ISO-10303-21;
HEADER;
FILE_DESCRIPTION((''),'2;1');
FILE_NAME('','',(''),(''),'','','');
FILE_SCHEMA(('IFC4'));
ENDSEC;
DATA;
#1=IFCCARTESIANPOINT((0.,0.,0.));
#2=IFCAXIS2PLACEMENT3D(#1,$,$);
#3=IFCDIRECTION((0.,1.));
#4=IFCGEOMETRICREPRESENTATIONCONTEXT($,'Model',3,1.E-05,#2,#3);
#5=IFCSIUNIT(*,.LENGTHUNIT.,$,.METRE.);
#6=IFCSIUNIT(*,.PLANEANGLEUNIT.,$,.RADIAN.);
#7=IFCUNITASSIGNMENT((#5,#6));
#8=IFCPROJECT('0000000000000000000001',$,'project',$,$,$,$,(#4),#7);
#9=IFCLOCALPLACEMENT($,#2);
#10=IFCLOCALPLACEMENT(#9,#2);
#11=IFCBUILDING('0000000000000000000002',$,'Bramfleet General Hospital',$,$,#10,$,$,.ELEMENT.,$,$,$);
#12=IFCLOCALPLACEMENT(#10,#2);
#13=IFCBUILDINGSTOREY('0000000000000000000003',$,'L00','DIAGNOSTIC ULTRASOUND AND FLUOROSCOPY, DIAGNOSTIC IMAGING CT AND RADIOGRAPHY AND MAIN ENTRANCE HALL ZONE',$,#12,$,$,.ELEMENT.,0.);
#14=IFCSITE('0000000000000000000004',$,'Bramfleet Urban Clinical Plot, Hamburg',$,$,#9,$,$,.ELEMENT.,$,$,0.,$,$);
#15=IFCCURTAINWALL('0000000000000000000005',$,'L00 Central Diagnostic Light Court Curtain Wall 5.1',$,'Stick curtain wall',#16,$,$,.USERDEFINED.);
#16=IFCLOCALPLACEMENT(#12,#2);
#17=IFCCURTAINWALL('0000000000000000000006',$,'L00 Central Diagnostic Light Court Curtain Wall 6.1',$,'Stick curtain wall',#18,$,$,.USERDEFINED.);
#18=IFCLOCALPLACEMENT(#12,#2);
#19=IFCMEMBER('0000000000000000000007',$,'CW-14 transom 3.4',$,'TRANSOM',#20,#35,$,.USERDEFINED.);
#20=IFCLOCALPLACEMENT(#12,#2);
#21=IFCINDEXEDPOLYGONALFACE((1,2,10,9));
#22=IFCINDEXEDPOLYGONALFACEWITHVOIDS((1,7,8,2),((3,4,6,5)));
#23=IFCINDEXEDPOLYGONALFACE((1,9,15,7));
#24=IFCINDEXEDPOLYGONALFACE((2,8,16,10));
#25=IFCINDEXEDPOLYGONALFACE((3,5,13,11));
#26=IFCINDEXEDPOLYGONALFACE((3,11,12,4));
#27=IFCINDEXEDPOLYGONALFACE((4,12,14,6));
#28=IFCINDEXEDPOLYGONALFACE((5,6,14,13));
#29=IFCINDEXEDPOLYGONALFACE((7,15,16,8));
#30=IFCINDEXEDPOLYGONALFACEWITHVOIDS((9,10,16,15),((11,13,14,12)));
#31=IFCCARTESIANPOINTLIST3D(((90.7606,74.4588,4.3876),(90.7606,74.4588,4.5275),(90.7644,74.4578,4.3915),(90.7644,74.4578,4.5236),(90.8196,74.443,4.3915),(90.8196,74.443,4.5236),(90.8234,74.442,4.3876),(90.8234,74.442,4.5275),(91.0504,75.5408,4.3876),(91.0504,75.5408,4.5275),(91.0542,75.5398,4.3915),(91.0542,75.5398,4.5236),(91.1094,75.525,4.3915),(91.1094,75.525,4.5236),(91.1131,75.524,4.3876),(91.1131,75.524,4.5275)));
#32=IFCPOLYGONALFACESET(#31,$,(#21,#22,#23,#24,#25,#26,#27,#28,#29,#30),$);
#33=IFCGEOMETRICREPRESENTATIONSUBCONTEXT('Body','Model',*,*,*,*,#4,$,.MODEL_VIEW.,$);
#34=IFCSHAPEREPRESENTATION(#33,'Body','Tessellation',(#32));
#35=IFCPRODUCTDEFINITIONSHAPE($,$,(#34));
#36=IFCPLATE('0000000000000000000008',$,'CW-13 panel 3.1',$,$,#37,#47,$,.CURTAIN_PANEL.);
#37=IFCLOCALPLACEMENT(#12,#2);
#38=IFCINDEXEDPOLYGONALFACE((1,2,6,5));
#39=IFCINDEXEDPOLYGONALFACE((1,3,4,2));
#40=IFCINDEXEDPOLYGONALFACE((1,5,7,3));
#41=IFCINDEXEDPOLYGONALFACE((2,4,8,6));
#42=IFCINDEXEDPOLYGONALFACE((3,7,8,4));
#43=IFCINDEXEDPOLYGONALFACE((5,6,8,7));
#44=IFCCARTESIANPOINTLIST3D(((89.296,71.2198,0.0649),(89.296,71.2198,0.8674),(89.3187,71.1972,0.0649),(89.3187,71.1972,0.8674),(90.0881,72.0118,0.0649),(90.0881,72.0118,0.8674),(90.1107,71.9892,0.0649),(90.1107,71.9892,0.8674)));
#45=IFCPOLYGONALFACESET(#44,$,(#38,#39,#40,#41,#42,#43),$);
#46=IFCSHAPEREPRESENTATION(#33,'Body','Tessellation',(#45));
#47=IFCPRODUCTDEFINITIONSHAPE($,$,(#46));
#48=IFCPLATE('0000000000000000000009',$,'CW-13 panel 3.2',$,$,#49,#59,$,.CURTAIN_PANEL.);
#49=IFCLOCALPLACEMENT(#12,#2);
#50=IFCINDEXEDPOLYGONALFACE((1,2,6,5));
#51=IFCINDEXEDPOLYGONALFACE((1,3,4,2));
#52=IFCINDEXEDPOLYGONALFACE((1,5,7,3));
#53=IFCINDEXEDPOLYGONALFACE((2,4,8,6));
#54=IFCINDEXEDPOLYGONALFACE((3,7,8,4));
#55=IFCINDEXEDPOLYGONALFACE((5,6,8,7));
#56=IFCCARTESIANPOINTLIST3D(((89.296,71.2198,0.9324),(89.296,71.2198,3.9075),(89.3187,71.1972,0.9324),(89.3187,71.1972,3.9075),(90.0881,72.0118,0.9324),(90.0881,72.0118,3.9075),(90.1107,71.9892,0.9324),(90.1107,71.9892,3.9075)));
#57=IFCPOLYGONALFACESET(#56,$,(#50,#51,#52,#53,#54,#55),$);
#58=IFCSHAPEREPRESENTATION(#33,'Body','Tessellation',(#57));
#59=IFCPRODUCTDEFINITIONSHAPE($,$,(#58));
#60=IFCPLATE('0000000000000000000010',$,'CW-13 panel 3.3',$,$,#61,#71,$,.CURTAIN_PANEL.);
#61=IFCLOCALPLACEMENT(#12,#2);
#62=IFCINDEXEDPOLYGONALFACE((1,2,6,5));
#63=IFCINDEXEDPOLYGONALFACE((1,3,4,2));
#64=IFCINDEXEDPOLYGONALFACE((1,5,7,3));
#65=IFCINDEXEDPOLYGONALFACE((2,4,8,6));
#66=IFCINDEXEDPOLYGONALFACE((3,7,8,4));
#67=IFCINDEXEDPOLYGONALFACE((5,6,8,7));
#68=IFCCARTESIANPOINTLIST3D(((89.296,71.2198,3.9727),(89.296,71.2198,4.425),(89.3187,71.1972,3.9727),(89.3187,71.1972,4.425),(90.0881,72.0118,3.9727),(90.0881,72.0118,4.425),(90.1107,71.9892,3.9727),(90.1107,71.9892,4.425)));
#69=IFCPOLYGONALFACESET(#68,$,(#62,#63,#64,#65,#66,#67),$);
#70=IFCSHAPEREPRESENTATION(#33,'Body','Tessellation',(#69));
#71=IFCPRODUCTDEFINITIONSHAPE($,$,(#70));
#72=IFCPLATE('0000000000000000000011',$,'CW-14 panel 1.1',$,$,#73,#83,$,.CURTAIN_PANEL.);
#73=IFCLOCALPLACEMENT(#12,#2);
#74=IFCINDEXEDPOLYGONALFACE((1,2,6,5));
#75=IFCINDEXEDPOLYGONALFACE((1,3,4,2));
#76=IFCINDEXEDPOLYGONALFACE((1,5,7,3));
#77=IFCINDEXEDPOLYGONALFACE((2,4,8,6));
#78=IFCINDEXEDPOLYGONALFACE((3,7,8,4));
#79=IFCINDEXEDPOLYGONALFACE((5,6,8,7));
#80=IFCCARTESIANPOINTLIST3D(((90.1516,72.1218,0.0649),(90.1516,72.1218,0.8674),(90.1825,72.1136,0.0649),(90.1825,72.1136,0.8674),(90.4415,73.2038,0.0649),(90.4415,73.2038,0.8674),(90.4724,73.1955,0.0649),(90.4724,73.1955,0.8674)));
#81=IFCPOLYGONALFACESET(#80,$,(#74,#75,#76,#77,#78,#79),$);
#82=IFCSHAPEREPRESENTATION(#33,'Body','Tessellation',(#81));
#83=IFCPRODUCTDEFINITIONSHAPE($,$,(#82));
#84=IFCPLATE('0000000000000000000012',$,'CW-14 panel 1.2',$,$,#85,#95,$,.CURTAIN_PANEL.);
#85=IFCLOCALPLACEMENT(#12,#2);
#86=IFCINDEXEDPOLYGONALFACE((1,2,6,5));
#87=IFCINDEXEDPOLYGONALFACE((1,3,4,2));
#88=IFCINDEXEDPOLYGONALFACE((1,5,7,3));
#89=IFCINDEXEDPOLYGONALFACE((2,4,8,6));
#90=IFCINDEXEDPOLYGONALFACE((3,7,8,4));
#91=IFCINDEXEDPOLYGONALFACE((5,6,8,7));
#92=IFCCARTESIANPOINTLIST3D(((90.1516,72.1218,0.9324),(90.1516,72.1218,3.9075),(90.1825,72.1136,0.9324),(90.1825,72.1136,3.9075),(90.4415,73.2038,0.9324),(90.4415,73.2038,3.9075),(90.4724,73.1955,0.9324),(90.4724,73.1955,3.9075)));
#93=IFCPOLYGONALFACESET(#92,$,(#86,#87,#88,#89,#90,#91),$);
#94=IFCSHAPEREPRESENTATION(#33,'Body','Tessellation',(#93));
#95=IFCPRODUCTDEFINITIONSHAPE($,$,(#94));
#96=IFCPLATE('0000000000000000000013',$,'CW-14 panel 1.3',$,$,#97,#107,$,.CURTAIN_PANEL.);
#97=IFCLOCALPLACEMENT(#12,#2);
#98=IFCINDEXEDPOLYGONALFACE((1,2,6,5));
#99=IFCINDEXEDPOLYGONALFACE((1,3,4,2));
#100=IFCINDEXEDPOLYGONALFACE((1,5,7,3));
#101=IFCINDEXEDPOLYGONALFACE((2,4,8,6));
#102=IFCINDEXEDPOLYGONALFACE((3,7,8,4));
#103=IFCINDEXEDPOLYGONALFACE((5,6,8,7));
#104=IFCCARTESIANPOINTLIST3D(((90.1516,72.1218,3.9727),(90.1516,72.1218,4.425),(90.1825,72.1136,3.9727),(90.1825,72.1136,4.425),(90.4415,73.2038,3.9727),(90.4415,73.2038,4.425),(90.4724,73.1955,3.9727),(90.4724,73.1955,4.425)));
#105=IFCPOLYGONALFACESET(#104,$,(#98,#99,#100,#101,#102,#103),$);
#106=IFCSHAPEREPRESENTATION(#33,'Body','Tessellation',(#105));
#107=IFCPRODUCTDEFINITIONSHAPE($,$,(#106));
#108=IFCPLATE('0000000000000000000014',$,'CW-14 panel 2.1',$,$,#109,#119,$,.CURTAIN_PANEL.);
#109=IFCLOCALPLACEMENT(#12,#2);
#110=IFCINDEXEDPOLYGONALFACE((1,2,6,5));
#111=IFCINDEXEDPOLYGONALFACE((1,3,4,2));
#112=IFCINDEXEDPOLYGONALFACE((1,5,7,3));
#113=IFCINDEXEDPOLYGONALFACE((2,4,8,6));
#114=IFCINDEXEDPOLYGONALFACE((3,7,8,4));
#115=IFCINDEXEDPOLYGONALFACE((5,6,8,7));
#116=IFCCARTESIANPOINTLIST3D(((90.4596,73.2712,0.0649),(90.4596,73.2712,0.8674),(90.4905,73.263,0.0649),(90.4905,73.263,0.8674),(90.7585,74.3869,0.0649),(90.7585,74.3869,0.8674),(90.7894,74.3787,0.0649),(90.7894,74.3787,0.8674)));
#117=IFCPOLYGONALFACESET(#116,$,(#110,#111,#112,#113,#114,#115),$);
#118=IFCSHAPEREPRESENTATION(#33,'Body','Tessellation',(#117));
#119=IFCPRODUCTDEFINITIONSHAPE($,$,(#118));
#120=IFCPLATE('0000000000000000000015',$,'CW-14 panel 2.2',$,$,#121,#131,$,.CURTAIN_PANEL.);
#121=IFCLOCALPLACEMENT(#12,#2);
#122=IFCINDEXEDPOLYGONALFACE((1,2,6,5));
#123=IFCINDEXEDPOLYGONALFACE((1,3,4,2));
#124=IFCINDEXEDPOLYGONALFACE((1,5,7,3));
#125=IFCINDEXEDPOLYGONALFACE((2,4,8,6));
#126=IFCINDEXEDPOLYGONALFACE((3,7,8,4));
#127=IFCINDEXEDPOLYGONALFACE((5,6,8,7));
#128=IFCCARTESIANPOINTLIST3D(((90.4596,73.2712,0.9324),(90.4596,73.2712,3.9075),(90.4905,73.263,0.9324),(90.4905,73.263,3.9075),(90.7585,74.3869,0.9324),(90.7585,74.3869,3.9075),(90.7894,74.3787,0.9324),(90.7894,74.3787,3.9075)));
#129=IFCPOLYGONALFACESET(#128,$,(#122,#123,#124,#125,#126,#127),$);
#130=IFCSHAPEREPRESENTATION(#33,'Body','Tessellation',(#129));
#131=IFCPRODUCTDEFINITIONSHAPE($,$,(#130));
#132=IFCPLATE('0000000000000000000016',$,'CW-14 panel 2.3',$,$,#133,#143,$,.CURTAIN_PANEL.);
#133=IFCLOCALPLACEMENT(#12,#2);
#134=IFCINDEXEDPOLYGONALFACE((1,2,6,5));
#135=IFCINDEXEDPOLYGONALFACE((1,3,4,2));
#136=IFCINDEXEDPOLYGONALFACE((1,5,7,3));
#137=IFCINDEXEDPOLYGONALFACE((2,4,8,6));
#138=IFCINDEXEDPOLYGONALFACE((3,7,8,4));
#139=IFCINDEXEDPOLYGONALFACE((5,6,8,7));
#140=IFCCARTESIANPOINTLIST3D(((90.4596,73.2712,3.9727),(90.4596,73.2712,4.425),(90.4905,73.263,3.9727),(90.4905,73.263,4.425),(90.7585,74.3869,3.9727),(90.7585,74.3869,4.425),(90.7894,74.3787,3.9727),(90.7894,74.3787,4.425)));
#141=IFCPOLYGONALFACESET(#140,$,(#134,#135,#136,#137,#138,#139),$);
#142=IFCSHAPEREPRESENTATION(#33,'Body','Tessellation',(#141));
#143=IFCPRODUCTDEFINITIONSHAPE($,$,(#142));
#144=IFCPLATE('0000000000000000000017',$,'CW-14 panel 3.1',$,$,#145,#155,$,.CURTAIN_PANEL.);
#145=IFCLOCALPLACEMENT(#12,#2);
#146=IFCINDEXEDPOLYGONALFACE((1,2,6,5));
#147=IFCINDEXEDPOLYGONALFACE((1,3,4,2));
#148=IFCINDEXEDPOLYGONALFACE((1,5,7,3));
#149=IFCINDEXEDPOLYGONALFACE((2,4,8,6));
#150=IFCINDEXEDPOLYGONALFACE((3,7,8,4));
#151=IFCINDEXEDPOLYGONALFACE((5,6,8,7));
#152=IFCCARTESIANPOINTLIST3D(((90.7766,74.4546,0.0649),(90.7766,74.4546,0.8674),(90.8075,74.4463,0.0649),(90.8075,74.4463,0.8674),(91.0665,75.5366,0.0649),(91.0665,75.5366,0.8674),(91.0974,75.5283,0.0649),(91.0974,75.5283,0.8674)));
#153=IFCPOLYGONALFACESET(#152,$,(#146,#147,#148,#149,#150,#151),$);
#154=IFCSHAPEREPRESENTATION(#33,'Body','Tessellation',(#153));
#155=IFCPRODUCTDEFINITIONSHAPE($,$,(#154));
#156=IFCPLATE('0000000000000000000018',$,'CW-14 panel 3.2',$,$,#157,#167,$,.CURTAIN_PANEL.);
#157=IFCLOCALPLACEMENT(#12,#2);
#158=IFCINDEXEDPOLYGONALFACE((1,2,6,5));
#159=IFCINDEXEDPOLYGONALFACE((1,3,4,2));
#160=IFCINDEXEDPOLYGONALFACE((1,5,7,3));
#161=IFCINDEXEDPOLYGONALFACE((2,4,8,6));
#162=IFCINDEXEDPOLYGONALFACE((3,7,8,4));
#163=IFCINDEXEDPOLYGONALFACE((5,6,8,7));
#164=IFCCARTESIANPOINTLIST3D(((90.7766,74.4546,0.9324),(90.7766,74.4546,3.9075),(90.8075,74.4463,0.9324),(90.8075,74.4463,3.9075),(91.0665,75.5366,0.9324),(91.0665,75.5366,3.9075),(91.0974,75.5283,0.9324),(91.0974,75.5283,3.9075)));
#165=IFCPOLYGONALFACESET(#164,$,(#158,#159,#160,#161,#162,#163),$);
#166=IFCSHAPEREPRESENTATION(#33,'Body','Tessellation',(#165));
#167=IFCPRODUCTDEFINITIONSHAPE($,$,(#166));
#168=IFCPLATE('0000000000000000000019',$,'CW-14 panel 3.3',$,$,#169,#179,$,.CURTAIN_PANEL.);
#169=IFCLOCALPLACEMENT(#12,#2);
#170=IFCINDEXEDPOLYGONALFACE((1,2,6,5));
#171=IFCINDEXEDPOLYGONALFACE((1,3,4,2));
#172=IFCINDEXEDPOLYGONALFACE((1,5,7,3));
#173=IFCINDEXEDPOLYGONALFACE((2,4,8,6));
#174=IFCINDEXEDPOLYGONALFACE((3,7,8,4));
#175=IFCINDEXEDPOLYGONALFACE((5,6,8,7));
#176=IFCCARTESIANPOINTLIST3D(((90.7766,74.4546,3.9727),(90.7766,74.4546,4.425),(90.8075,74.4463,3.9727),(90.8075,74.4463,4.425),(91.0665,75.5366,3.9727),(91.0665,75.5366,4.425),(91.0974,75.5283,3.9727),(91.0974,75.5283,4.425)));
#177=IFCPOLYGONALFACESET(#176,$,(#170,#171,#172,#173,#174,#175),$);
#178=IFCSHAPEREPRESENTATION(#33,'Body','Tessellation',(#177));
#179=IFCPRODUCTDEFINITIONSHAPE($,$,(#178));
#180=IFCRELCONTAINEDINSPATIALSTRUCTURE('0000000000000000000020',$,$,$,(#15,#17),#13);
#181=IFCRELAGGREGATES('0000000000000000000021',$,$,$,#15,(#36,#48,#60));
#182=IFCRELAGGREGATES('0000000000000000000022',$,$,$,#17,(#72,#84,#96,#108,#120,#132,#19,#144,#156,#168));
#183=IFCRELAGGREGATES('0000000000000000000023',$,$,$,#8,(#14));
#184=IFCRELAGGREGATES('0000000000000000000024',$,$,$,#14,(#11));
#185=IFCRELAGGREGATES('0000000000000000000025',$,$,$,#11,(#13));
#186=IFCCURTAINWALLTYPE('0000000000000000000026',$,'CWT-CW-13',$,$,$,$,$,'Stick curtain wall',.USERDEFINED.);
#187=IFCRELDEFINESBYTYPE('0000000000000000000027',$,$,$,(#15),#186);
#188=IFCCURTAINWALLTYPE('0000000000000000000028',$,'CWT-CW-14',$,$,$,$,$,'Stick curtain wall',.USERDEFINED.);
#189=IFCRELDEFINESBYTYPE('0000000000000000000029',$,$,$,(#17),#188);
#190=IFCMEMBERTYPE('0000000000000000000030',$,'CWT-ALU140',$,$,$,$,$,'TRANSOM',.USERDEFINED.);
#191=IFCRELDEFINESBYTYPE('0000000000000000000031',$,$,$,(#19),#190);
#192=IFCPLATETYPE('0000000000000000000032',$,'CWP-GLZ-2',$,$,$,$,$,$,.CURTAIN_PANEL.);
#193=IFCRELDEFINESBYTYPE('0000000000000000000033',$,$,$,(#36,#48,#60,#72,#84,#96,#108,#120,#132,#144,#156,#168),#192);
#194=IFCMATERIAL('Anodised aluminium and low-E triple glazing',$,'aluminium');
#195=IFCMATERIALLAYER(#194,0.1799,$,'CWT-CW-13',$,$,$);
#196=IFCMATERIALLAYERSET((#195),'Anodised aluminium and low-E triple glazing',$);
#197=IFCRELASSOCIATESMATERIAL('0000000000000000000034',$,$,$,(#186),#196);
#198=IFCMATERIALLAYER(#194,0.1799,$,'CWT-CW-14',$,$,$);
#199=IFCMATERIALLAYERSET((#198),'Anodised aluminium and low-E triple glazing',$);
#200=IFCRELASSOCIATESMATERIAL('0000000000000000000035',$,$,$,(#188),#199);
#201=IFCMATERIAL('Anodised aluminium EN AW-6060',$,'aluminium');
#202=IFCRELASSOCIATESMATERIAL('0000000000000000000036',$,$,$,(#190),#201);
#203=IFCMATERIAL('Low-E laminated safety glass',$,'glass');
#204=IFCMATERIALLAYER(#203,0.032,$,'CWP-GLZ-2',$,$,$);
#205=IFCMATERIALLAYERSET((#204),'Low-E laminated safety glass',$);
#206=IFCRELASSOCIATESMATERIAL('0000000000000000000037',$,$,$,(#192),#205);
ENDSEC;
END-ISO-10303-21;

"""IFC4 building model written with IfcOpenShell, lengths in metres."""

from ifc_helpers import new_model, si_unit, direction, frame, origin, origin_2d, place, context, subcontext, project, spatial, rectangle, hollow_rectangle, extrude, material, layer, layer_set, material_profile, profile_set, type_object, element, aggregate, save


model = new_model("IFC4")

# Units and contexts
model_context = context("Model", 3, precision=1e-05, world=origin(), true_north=direction((0.0, 1.0)))
body_context = subcontext(model_context, "Body", "Model", "MODEL_VIEW")
ifc_project = project(units=[si_unit("LENGTHUNIT", "METRE"), si_unit("PLANEANGLEUNIT", "RADIAN")], contexts=[model_context])

# Site, building, storey
site_placement = place(None, origin())
site = spatial("IfcSite", under=ifc_project, at=site_placement, Name="Bramfleet Urban Clinical Plot, Hamburg", CompositionType="ELEMENT", RefElevation=0.0)
building_placement = place(site_placement, origin())
building = spatial("IfcBuilding", under=site, at=building_placement, Name="Bramfleet General Hospital", CompositionType="ELEMENT")
storey_placement = place(building_placement, origin())
storey = spatial("IfcBuildingStorey", under=building, at=storey_placement, Name="L00", Description="DIAGNOSTIC ULTRASOUND AND FLUOROSCOPY, DIAGNOSTIC IMAGING CT AND RADIOGRAPHY AND MAIN ENTRANCE HALL ZONE", CompositionType="ELEMENT", Elevation=0.0)

# Curtain wall
ifc_material_1 = material(Name="Anodised aluminium and low-E triple glazing", Category="aluminium")
ifc_layer_1 = layer(ifc_material_1, 0.1799, Name="CWT-CW-13")
ifc_layer_set_1 = layer_set([ifc_layer_1], Name="Anodised aluminium and low-E triple glazing")
curtain_wall_type_1 = type_object("IfcCurtainWallType", Name="CWT-CW-13", ElementType="Stick curtain wall", PredefinedType="USERDEFINED", material=ifc_layer_set_1)
curtain_wall_1_placement = place(storey_placement, origin())
curtain_wall_1 = element("IfcCurtainWall", 1, at=curtain_wall_1_placement, inside=storey, type_object=curtain_wall_type_1, Name="L00 Central Diagnostic Light Court Curtain Wall 5.1", ObjectType="Stick curtain wall", PredefinedType="USERDEFINED")
ifc_material_2 = material(Name="Anodised aluminium EN AW-6060", Category="aluminium")

# Curtain wall
ifc_layer_2 = layer(ifc_material_1, 0.1799, Name="CWT-CW-14")
ifc_layer_set_2 = layer_set([ifc_layer_2], Name="Anodised aluminium and low-E triple glazing")
curtain_wall_type_2 = type_object("IfcCurtainWallType", Name="CWT-CW-14", ElementType="Stick curtain wall", PredefinedType="USERDEFINED", material=ifc_layer_set_2)
curtain_wall_2_placement = place(storey_placement, origin())
curtain_wall_2 = element("IfcCurtainWall", 2, at=curtain_wall_2_placement, inside=storey, type_object=curtain_wall_type_2, Name="L00 Central Diagnostic Light Court Curtain Wall 6.1", ObjectType="Stick curtain wall", PredefinedType="USERDEFINED")

# Member
ifc_material_profile_1 = material_profile(ifc_material_2, hollow_rectangle(XDim=0.0649, YDim=0.1399, WallThickness=0.0039, at=origin_2d()), Name="ALU 140x65x4.0")
ifc_profile_set_1 = profile_set([ifc_material_profile_1], Name="Anodised aluminium EN AW-6060")
member_type_1 = type_object("IfcMemberType", Name="CWT-ALU140", ElementType="TRANSOM", PredefinedType="USERDEFINED", material=ifc_profile_set_1)
member_1_placement = place(storey_placement, frame((90.792, 74.4504, 4.4575), z_axis=(0.258707, 0.965956, 0.0), x_axis=(-0.965956, 0.258707, 0.0)))
member_1 = element("IfcMember", 3, at=member_1_placement, type_object=member_type_1, Name="CW-14 transom 3.4", ObjectType="TRANSOM", PredefinedType="USERDEFINED", context=body_context, shape_type="SweptSolid", body=[
    extrude(hollow_rectangle(XDim=0.0649, YDim=0.1399, WallThickness=0.0039, at=origin_2d()), origin(), (0.0, 0.0, 1.0), 1.1201),
])

# Plates
ifc_material_3 = material(Name="Low-E laminated safety glass", Category="glass")
ifc_layer_3 = layer(ifc_material_3, 0.032, Name="CWP-GLZ-2")
ifc_layer_set_3 = layer_set([ifc_layer_3], Name="Low-E laminated safety glass")
plate_type = type_object("IfcPlateType", Name="CWP-GLZ-2", PredefinedType="CURTAIN_PANEL", material=ifc_layer_set_3)
plate_1_placement = place(storey_placement, frame((89.7034, 71.6045, 0.0649), z_axis=(0.0, 0.0, 1.0), x_axis=(0.707107, 0.707107, 0.0)))
plate_1 = element("IfcPlate", 4, at=plate_1_placement, type_object=plate_type, Name="CW-13 panel 3.1", PredefinedType="CURTAIN_PANEL", context=body_context, shape_type="SweptSolid", body=[
    extrude(rectangle(XDim=1.1201, YDim=0.032, at=origin_2d()), origin(), (0.0, 0.0, 1.0), 0.8025),
])
plate_2_placement = place(storey_placement, frame((89.7034, 71.6045, 0.9324), z_axis=(0.0, 0.0, 1.0), x_axis=(0.707107, 0.707107, 0.0)))
plate_2 = element("IfcPlate", 5, at=plate_2_placement, type_object=plate_type, Name="CW-13 panel 3.2", PredefinedType="CURTAIN_PANEL", context=body_context, shape_type="SweptSolid", body=[
    extrude(rectangle(XDim=1.1201, YDim=0.032, at=origin_2d()), origin(), (0.0, 0.0, 1.0), 2.9751),
])
plate_3_placement = place(storey_placement, frame((89.7034, 71.6045, 3.9727), z_axis=(0.0, 0.0, 1.0), x_axis=(0.707107, 0.707107, 0.0)))
plate_3 = element("IfcPlate", 6, at=plate_3_placement, type_object=plate_type, Name="CW-13 panel 3.3", PredefinedType="CURTAIN_PANEL", context=body_context, shape_type="SweptSolid", body=[
    extrude(rectangle(XDim=1.1201, YDim=0.032, at=origin_2d()), origin(), (0.0, 0.0, 1.0), 0.4524),
])
aggregate(curtain_wall_1, [plate_1, plate_2, plate_3])
plate_4_placement = place(storey_placement, frame((90.312, 72.6587, 0.0649), z_axis=(0.0, 0.0, 1.0), x_axis=(0.258763, 0.965941, 0.0)))
plate_4 = element("IfcPlate", 7, at=plate_4_placement, type_object=plate_type, Name="CW-14 panel 1.1", PredefinedType="CURTAIN_PANEL", context=body_context, shape_type="SweptSolid", body=[
    extrude(rectangle(XDim=1.1201, YDim=0.032, at=origin_2d()), origin(), (0.0, 0.0, 1.0), 0.8025),
])
plate_5_placement = place(storey_placement, frame((90.312, 72.6587, 0.9324), z_axis=(0.0, 0.0, 1.0), x_axis=(0.258763, 0.965941, 0.0)))
plate_5 = element("IfcPlate", 8, at=plate_5_placement, type_object=plate_type, Name="CW-14 panel 1.2", PredefinedType="CURTAIN_PANEL", context=body_context, shape_type="SweptSolid", body=[
    extrude(rectangle(XDim=1.1201, YDim=0.032, at=origin_2d()), origin(), (0.0, 0.0, 1.0), 2.9751),
])
plate_6_placement = place(storey_placement, frame((90.312, 72.6587, 3.9727), z_axis=(0.0, 0.0, 1.0), x_axis=(0.258763, 0.965941, 0.0)))
plate_6 = element("IfcPlate", 9, at=plate_6_placement, type_object=plate_type, Name="CW-14 panel 1.3", PredefinedType="CURTAIN_PANEL", context=body_context, shape_type="SweptSolid", body=[
    extrude(rectangle(XDim=1.1201, YDim=0.032, at=origin_2d()), origin(), (0.0, 0.0, 1.0), 0.4524),
])
plate_7_placement = place(storey_placement, frame((90.6245, 73.825, 0.0649), z_axis=(0.0, 0.0, 1.0), x_axis=(0.258763, 0.965941, 0.0)))
plate_7 = element("IfcPlate", 10, at=plate_7_placement, type_object=plate_type, Name="CW-14 panel 2.1", PredefinedType="CURTAIN_PANEL", context=body_context, shape_type="SweptSolid", body=[
    extrude(rectangle(XDim=1.155, YDim=0.032, at=origin_2d()), origin(), (0.0, 0.0, 1.0), 0.8025),
])
plate_8_placement = place(storey_placement, frame((90.6245, 73.825, 0.9324), z_axis=(0.0, 0.0, 1.0), x_axis=(0.258763, 0.965941, 0.0)))
plate_8 = element("IfcPlate", 11, at=plate_8_placement, type_object=plate_type, Name="CW-14 panel 2.2", PredefinedType="CURTAIN_PANEL", context=body_context, shape_type="SweptSolid", body=[
    extrude(rectangle(XDim=1.155, YDim=0.032, at=origin_2d()), origin(), (0.0, 0.0, 1.0), 2.9751),
])
plate_9_placement = place(storey_placement, frame((90.6245, 73.825, 3.9727), z_axis=(0.0, 0.0, 1.0), x_axis=(0.258763, 0.965941, 0.0)))
plate_9 = element("IfcPlate", 12, at=plate_9_placement, type_object=plate_type, Name="CW-14 panel 2.3", PredefinedType="CURTAIN_PANEL", context=body_context, shape_type="SweptSolid", body=[
    extrude(rectangle(XDim=1.155, YDim=0.032, at=origin_2d()), origin(), (0.0, 0.0, 1.0), 0.4524),
])
plate_10_placement = place(storey_placement, frame((90.937, 74.9915, 0.0649), z_axis=(0.0, 0.0, 1.0), x_axis=(0.258763, 0.965941, 0.0)))
plate_10 = element("IfcPlate", 13, at=plate_10_placement, type_object=plate_type, Name="CW-14 panel 3.1", PredefinedType="CURTAIN_PANEL", context=body_context, shape_type="SweptSolid", body=[
    extrude(rectangle(XDim=1.1201, YDim=0.032, at=origin_2d()), origin(), (0.0, 0.0, 1.0), 0.8025),
])
plate_11_placement = place(storey_placement, frame((90.937, 74.9915, 0.9324), z_axis=(0.0, 0.0, 1.0), x_axis=(0.258763, 0.965941, 0.0)))
plate_11 = element("IfcPlate", 14, at=plate_11_placement, type_object=plate_type, Name="CW-14 panel 3.2", PredefinedType="CURTAIN_PANEL", context=body_context, shape_type="SweptSolid", body=[
    extrude(rectangle(XDim=1.1201, YDim=0.032, at=origin_2d()), origin(), (0.0, 0.0, 1.0), 2.9751),
])
plate_12_placement = place(storey_placement, frame((90.937, 74.9915, 3.9727), z_axis=(0.0, 0.0, 1.0), x_axis=(0.258763, 0.965941, 0.0)))
plate_12 = element("IfcPlate", 15, at=plate_12_placement, type_object=plate_type, Name="CW-14 panel 3.3", PredefinedType="CURTAIN_PANEL", context=body_context, shape_type="SweptSolid", body=[
    extrude(rectangle(XDim=1.1201, YDim=0.032, at=origin_2d()), origin(), (0.0, 0.0, 1.0), 0.4524),
])
aggregate(curtain_wall_2, [plate_4, plate_5, plate_6, plate_7, plate_8, plate_9, member_1, plate_10, plate_11, plate_12])

save(model, "model.ifc")
